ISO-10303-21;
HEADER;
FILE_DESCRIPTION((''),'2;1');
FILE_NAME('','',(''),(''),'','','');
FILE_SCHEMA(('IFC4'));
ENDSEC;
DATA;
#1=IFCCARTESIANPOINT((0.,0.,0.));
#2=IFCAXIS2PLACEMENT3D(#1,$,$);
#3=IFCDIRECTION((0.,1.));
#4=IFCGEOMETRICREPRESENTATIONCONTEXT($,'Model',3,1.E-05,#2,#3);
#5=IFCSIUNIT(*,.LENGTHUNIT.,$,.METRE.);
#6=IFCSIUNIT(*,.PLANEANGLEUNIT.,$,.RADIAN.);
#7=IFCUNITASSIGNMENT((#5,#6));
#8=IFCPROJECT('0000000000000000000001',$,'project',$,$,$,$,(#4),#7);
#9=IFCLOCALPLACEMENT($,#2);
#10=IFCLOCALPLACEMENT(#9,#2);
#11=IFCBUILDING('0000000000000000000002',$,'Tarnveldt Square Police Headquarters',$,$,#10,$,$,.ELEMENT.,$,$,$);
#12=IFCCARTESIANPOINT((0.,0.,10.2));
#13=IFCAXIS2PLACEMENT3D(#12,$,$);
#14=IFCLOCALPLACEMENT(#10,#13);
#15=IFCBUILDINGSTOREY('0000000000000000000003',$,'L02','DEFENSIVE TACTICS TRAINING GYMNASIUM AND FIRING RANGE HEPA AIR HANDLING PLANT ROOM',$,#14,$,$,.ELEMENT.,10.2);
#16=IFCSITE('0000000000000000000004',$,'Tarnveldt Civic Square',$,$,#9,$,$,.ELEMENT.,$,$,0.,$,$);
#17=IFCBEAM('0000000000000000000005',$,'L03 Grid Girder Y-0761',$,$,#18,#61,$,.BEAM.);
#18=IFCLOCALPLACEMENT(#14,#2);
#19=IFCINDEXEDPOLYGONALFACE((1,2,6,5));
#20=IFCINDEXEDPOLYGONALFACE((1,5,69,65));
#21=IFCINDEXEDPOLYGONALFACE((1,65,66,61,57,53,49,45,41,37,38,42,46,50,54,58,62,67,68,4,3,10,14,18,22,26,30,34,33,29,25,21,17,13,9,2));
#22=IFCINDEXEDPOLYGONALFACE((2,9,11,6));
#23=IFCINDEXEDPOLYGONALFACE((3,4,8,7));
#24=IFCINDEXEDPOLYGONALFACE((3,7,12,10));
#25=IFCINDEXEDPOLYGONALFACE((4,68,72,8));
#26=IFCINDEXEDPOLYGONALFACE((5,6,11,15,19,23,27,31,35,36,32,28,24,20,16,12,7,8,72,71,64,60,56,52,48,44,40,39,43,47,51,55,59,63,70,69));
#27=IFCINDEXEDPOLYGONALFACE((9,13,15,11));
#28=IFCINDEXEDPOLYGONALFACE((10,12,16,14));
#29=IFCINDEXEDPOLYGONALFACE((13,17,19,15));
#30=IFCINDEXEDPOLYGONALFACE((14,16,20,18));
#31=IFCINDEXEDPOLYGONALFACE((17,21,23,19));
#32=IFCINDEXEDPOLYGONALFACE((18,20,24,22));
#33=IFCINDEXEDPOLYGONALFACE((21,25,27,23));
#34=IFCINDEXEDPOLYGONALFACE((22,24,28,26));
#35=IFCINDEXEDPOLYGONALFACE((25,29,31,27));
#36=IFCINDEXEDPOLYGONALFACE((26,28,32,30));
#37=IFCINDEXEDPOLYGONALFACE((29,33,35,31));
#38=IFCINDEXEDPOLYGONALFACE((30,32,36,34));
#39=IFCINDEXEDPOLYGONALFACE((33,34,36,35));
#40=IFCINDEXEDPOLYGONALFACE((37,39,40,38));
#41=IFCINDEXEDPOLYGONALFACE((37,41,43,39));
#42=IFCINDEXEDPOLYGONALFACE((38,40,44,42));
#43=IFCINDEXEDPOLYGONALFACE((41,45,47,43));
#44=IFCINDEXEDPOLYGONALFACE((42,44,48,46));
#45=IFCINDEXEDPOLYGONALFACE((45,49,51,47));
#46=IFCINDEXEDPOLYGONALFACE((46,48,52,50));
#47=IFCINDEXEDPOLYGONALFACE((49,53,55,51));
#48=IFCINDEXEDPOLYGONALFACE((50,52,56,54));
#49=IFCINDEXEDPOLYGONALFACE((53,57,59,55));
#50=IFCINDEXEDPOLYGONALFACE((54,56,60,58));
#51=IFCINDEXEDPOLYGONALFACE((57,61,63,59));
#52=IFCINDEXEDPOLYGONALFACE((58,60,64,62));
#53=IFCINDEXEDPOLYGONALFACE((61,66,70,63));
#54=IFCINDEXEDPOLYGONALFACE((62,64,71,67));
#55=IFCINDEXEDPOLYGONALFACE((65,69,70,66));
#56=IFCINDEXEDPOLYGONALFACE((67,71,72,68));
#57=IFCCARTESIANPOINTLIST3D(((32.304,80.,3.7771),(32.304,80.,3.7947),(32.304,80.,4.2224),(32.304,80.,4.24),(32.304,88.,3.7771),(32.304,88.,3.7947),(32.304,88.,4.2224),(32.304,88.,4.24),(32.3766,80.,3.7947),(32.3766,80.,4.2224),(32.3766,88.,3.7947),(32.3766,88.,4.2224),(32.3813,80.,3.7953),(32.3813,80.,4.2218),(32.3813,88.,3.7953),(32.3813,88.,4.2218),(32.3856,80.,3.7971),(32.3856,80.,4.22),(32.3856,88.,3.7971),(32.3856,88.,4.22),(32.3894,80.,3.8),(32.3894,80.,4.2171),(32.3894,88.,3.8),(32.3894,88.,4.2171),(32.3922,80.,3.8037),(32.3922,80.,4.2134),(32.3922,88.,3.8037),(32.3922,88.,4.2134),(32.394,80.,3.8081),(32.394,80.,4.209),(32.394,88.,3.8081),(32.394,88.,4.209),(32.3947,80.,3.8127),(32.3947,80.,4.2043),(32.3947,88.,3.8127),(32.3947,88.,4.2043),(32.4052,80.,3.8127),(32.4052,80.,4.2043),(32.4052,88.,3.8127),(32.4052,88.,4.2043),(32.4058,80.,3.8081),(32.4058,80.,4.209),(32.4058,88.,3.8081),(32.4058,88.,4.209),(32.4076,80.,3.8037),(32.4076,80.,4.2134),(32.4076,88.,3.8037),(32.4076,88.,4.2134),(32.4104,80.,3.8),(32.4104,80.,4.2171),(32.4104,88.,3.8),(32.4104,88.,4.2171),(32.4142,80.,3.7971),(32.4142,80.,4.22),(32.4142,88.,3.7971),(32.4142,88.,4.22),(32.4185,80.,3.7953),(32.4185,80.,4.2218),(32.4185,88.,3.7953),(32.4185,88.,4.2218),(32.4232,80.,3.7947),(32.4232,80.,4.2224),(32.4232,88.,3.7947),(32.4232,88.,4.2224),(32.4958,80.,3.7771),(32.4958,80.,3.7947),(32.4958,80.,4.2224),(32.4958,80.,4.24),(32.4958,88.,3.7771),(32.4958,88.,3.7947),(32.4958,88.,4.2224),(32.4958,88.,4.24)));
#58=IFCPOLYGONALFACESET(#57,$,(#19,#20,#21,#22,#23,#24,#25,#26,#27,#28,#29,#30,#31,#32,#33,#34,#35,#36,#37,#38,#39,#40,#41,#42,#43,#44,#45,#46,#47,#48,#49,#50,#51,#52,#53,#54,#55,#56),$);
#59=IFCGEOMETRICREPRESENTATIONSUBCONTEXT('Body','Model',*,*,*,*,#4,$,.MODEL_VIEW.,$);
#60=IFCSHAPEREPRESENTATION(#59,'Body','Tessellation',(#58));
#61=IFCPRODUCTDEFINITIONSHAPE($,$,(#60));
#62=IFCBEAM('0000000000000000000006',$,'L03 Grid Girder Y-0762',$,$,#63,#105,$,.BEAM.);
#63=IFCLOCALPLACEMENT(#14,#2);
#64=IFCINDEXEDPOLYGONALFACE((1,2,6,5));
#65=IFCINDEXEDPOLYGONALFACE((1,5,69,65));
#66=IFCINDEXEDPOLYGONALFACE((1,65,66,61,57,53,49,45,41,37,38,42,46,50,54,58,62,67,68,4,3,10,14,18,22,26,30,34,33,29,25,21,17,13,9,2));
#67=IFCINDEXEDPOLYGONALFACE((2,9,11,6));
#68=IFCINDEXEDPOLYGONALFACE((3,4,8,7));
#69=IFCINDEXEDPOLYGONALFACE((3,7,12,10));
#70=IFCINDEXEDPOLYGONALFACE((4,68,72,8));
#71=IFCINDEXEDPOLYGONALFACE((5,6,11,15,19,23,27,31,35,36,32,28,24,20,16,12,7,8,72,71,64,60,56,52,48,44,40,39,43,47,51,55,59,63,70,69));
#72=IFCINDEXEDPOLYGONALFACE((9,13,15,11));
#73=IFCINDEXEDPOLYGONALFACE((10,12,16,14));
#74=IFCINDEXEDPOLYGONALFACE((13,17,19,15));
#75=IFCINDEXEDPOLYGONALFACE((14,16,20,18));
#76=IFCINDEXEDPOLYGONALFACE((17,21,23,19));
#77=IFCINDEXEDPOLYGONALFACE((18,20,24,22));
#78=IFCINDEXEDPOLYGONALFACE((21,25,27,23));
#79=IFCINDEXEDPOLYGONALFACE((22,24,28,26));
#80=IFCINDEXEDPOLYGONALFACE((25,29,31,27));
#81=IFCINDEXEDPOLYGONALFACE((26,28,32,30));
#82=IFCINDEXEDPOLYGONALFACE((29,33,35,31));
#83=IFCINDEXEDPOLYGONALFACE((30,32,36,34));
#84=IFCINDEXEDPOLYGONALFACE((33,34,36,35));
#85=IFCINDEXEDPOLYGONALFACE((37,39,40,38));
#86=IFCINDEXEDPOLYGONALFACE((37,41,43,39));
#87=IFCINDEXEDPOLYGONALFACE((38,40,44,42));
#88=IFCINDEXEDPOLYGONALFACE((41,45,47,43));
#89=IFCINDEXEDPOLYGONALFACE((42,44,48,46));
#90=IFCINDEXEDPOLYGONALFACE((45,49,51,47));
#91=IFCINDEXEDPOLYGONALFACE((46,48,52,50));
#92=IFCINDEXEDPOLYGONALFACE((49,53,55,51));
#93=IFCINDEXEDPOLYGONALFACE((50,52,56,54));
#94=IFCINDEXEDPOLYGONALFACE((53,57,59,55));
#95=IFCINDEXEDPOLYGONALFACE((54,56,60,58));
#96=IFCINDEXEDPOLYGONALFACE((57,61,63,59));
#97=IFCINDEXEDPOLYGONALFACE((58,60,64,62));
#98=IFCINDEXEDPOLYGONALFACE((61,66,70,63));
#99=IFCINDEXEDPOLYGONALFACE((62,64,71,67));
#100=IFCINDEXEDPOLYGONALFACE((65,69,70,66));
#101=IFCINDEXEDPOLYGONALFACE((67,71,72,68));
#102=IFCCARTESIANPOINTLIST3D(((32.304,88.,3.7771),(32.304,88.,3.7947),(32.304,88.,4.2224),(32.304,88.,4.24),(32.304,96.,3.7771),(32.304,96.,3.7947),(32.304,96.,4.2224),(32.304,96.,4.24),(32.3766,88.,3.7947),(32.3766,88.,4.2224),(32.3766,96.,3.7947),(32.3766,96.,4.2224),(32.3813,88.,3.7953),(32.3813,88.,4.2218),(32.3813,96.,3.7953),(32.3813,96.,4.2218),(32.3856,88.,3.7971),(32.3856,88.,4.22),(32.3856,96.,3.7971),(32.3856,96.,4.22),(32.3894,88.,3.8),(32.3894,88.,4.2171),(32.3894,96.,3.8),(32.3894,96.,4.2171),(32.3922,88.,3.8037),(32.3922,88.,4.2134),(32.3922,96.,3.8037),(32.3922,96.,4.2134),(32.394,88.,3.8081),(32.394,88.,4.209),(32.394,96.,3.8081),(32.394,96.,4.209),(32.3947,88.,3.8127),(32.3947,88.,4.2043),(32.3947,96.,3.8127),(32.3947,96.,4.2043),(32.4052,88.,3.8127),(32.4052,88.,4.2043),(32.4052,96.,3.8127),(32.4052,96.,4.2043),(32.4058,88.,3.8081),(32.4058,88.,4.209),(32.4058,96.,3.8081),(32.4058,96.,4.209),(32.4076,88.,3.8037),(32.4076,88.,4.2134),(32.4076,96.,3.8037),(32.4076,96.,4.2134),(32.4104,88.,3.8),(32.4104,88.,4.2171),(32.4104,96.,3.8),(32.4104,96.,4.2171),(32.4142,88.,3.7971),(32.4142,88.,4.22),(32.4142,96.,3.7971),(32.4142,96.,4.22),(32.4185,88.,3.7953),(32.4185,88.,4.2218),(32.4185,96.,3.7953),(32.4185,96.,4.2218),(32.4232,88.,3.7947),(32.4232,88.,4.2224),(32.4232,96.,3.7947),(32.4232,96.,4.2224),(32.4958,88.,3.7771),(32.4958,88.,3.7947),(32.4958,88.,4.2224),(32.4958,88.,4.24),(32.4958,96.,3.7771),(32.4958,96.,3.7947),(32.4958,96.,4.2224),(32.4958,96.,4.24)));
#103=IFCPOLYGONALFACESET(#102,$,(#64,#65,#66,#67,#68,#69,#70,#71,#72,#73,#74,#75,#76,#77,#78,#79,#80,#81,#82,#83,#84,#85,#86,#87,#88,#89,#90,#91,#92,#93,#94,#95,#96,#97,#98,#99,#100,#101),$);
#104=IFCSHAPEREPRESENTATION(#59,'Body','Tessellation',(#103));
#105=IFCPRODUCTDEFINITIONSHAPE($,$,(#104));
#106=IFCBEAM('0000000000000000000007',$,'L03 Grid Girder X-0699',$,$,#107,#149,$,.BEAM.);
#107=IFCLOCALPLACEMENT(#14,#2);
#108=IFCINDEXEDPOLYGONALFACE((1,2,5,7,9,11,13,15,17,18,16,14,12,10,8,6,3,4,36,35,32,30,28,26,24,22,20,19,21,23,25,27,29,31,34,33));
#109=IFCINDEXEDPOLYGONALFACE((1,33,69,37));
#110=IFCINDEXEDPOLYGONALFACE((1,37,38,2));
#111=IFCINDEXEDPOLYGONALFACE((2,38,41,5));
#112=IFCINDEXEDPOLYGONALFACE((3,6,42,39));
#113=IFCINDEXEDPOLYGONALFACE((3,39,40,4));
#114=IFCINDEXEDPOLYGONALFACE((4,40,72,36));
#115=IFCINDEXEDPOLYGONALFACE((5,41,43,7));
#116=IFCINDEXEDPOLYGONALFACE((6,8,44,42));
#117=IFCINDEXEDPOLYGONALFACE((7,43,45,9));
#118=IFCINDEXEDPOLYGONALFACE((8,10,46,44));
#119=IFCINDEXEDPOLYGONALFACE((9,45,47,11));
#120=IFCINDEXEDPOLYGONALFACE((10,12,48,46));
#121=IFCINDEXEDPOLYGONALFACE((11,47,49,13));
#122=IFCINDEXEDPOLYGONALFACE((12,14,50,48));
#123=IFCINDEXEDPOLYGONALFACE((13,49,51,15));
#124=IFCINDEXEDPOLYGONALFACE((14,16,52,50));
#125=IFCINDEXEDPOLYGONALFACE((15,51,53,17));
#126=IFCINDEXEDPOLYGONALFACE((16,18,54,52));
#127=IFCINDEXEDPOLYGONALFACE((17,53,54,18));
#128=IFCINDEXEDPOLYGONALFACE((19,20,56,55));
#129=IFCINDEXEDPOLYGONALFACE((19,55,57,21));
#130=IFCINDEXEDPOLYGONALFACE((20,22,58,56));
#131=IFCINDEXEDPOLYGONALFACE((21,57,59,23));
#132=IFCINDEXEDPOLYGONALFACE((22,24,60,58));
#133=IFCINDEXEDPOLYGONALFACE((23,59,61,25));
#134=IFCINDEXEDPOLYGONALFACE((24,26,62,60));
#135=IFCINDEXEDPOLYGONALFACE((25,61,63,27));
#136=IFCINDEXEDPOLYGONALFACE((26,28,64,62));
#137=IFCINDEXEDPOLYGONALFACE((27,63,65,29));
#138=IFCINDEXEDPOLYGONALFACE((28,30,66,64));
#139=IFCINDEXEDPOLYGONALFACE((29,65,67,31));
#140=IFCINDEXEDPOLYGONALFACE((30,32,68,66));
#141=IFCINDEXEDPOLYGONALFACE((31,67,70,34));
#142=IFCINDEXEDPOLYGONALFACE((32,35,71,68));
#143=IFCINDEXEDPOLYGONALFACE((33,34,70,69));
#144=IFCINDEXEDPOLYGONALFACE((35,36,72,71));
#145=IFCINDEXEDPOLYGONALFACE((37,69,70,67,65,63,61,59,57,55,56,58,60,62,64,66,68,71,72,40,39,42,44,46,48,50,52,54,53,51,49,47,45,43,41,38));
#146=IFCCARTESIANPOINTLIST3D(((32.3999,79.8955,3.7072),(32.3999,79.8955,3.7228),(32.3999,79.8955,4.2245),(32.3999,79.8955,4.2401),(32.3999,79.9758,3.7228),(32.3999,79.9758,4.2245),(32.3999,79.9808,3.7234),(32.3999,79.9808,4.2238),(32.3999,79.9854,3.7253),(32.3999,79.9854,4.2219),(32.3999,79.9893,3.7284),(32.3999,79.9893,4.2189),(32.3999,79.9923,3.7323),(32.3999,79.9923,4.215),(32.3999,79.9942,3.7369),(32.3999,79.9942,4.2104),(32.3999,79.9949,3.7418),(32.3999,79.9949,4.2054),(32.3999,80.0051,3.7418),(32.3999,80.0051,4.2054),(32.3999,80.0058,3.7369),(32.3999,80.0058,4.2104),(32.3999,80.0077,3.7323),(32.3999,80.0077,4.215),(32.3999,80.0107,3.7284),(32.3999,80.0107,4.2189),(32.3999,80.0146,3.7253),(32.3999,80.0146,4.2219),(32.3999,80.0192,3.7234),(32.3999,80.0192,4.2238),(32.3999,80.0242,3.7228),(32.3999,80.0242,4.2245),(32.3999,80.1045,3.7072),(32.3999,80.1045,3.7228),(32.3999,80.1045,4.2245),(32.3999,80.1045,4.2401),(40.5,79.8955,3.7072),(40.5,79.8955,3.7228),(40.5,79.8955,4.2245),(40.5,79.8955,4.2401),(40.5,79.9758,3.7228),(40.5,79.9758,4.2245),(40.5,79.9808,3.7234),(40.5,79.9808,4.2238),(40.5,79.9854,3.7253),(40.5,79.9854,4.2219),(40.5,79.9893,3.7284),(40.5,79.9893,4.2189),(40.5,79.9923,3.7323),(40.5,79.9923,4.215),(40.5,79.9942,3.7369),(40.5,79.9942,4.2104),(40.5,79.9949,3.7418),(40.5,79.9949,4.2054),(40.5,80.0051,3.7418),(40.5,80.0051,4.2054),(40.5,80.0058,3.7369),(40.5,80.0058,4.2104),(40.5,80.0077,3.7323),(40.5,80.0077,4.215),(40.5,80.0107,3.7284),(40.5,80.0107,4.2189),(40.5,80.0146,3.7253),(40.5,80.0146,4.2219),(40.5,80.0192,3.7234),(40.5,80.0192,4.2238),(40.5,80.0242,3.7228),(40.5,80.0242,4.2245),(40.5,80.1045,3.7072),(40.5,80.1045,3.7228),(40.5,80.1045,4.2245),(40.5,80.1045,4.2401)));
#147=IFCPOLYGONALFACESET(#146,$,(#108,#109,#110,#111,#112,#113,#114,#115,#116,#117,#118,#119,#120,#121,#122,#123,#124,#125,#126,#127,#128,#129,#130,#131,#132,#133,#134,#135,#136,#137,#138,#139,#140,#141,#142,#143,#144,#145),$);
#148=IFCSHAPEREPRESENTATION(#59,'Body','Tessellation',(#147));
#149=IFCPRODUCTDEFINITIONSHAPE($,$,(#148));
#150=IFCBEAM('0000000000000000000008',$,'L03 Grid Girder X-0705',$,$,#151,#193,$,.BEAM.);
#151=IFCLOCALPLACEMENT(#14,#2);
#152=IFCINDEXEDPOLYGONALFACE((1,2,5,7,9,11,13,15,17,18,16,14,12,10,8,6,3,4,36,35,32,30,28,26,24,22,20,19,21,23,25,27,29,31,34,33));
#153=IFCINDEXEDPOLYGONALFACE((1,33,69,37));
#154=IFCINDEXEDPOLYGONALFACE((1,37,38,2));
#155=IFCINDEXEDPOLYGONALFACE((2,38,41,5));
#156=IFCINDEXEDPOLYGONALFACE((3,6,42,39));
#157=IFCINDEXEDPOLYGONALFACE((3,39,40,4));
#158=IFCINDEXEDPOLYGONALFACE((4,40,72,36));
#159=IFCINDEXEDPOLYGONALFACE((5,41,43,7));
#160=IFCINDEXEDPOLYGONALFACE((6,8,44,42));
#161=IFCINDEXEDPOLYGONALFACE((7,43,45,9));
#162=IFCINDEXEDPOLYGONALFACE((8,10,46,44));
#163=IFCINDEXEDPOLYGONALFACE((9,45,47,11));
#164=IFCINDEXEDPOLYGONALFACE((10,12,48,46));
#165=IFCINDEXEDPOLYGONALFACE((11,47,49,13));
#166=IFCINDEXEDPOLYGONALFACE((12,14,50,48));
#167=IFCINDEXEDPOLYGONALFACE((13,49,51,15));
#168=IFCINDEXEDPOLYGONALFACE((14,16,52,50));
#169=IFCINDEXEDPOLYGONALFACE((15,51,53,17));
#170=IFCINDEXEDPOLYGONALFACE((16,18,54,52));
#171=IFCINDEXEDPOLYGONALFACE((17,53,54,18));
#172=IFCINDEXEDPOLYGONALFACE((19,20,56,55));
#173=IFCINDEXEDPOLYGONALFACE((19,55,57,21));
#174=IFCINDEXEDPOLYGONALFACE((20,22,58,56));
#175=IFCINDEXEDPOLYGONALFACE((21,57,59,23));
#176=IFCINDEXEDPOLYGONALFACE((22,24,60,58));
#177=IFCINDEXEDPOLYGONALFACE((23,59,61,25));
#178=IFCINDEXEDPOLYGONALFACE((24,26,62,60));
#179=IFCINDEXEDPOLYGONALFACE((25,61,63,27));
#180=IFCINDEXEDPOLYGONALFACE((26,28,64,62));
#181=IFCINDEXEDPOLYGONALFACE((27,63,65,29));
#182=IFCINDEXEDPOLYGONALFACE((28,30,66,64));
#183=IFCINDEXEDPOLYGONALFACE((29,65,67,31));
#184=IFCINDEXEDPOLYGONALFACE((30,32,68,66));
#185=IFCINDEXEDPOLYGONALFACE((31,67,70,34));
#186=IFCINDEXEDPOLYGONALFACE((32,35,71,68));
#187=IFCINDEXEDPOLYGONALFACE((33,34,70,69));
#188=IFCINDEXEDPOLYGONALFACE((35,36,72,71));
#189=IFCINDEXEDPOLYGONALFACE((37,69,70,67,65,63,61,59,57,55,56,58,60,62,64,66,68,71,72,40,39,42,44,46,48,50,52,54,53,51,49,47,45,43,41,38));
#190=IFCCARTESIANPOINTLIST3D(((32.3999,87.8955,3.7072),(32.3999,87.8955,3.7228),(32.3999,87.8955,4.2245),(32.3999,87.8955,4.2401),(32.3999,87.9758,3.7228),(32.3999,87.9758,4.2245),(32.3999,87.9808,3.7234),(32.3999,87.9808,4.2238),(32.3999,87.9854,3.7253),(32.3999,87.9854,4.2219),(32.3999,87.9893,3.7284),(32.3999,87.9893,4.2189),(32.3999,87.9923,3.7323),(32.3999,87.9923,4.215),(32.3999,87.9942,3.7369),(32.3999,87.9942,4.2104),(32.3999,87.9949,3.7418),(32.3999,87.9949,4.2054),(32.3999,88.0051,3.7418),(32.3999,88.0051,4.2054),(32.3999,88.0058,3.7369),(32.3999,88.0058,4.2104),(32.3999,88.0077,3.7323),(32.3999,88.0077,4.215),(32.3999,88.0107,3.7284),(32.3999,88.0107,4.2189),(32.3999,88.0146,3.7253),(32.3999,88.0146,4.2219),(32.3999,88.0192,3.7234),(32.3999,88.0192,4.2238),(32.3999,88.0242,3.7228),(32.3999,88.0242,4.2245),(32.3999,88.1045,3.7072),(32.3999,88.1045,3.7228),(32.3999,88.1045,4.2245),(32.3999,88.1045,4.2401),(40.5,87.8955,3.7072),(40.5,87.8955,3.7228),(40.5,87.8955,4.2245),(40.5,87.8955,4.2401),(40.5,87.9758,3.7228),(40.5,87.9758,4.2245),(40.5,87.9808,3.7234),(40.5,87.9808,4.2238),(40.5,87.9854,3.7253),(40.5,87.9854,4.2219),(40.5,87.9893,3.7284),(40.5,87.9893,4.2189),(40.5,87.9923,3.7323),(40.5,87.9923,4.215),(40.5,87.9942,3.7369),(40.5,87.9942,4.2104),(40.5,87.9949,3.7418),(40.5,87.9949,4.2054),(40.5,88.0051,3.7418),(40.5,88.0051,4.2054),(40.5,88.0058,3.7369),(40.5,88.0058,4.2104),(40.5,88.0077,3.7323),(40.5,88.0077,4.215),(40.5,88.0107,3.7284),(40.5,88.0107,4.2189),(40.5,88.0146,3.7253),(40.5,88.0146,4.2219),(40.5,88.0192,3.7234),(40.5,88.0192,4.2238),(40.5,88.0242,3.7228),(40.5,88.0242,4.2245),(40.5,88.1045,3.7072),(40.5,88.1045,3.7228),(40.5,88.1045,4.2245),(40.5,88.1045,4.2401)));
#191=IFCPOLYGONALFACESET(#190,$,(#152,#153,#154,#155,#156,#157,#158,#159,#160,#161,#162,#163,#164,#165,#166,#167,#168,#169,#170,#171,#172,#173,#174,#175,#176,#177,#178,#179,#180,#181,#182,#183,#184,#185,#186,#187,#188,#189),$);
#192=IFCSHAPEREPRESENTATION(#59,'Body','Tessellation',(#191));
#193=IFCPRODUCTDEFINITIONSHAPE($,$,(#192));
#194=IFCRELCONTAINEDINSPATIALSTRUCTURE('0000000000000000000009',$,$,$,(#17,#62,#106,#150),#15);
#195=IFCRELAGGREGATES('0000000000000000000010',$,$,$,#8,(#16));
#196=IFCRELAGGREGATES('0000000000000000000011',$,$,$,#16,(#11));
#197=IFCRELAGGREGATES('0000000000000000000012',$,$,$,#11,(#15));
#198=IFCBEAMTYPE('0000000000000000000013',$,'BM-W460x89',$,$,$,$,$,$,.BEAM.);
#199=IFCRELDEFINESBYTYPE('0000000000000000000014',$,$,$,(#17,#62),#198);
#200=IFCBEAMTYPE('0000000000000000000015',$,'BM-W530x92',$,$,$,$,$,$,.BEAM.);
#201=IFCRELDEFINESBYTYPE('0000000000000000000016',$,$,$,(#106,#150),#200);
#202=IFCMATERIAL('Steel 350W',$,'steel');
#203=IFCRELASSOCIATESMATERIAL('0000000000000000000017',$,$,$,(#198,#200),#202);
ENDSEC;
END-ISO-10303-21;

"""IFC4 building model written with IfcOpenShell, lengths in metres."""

from ifc_helpers import new_model, si_unit, direction, frame, origin, origin_2d, place, context, subcontext, project, spatial, i_section, extrude, material, material_profile, profile_set, type_object, element, save


model = new_model("IFC4")

# Units and contexts
model_context = context("Model", 3, precision=1e-05, world=origin(), true_north=direction((0.0, 1.0)))
body_context = subcontext(model_context, "Body", "Model", "MODEL_VIEW")
ifc_project = project(units=[si_unit("LENGTHUNIT", "METRE"), si_unit("PLANEANGLEUNIT", "RADIAN")], contexts=[model_context])

# Site, building, storey
site_placement = place(None, origin())
site = spatial("IfcSite", under=ifc_project, at=site_placement, Name="Tarnveldt Civic Square", CompositionType="ELEMENT", RefElevation=0.0)
building_placement = place(site_placement, origin())
building = spatial("IfcBuilding", under=site, at=building_placement, Name="Tarnveldt Square Police Headquarters", CompositionType="ELEMENT")
storey_placement = place(building_placement, frame((0.0, 0.0, 10.2)))
storey = spatial("IfcBuildingStorey", under=building, at=storey_placement, Name="L02", Description="DEFENSIVE TACTICS TRAINING GYMNASIUM AND FIRING RANGE HEPA AIR HANDLING PLANT ROOM", CompositionType="ELEMENT", Elevation=10.2)

# Beams
ifc_material_1 = material(Name="Steel 350W", Category="steel")
ifc_material_profile_1 = material_profile(ifc_material_1, i_section(OverallWidth=0.1919, OverallDepth=0.4629, WebThickness=0.0105, FlangeThickness=0.0176, FilletRadius=0.0181, at=origin_2d()), Name="W460x89")
ifc_profile_set_1 = profile_set([ifc_material_profile_1], Name="Steel 350W")
beam_type_1 = type_object("IfcBeamType", Name="BM-W460x89", PredefinedType="BEAM", material=ifc_profile_set_1)
for number, where, z_axis, x_axis, name in (
    (1, (32.3999, 80.0, 4.0085), (0.0, 1.0, 0.0), (-1.0, 0.0, 0.0), "L03 Grid Girder Y-0761"),
    (2, (32.3999, 88.0, 4.0085), (0.0, 1.0, 0.0), (-1.0, 0.0, 0.0), "L03 Grid Girder Y-0762"),
):
    element("IfcBeam", number, at=place(storey_placement, frame(where, z_axis=z_axis, x_axis=x_axis)), inside=storey, type_object=beam_type_1, Name=name, PredefinedType="BEAM", context=body_context, shape_type="SweptSolid", body=[
        extrude(i_section(OverallWidth=0.1919, OverallDepth=0.4629, WebThickness=0.0105, FlangeThickness=0.0176, FilletRadius=0.0181, at=origin_2d()), origin(), (0.0, 0.0, 1.0), 8.0),
    ])
ifc_material_profile_2 = material_profile(ifc_material_1, i_section(OverallWidth=0.209, OverallDepth=0.533, WebThickness=0.0103, FlangeThickness=0.0156, FilletRadius=0.019, at=origin_2d()), Name="W530x92")
ifc_profile_set_2 = profile_set([ifc_material_profile_2], Name="Steel 350W")
beam_type_2 = type_object("IfcBeamType", Name="BM-W530x92", PredefinedType="BEAM", material=ifc_profile_set_2)
for number, where, z_axis, x_axis, name in (
    (3, (32.3999, 80.0, 3.9736), (1.0, 0.0, 0.0), (0.0, 1.0, 0.0), "L03 Grid Girder X-0699"),
    (4, (32.3999, 88.0, 3.9736), (1.0, 0.0, 0.0), (0.0, 1.0, 0.0), "L03 Grid Girder X-0705"),
):
    element("IfcBeam", number, at=place(storey_placement, frame(where, z_axis=z_axis, x_axis=x_axis)), inside=storey, type_object=beam_type_2, Name=name, PredefinedType="BEAM", context=body_context, shape_type="SweptSolid", body=[
        extrude(i_section(OverallWidth=0.209, OverallDepth=0.533, WebThickness=0.0103, FlangeThickness=0.0156, FilletRadius=0.019, at=origin_2d()), origin(), (0.0, 0.0, 1.0), 8.1001),
    ])

save(model, "model.ifc")
